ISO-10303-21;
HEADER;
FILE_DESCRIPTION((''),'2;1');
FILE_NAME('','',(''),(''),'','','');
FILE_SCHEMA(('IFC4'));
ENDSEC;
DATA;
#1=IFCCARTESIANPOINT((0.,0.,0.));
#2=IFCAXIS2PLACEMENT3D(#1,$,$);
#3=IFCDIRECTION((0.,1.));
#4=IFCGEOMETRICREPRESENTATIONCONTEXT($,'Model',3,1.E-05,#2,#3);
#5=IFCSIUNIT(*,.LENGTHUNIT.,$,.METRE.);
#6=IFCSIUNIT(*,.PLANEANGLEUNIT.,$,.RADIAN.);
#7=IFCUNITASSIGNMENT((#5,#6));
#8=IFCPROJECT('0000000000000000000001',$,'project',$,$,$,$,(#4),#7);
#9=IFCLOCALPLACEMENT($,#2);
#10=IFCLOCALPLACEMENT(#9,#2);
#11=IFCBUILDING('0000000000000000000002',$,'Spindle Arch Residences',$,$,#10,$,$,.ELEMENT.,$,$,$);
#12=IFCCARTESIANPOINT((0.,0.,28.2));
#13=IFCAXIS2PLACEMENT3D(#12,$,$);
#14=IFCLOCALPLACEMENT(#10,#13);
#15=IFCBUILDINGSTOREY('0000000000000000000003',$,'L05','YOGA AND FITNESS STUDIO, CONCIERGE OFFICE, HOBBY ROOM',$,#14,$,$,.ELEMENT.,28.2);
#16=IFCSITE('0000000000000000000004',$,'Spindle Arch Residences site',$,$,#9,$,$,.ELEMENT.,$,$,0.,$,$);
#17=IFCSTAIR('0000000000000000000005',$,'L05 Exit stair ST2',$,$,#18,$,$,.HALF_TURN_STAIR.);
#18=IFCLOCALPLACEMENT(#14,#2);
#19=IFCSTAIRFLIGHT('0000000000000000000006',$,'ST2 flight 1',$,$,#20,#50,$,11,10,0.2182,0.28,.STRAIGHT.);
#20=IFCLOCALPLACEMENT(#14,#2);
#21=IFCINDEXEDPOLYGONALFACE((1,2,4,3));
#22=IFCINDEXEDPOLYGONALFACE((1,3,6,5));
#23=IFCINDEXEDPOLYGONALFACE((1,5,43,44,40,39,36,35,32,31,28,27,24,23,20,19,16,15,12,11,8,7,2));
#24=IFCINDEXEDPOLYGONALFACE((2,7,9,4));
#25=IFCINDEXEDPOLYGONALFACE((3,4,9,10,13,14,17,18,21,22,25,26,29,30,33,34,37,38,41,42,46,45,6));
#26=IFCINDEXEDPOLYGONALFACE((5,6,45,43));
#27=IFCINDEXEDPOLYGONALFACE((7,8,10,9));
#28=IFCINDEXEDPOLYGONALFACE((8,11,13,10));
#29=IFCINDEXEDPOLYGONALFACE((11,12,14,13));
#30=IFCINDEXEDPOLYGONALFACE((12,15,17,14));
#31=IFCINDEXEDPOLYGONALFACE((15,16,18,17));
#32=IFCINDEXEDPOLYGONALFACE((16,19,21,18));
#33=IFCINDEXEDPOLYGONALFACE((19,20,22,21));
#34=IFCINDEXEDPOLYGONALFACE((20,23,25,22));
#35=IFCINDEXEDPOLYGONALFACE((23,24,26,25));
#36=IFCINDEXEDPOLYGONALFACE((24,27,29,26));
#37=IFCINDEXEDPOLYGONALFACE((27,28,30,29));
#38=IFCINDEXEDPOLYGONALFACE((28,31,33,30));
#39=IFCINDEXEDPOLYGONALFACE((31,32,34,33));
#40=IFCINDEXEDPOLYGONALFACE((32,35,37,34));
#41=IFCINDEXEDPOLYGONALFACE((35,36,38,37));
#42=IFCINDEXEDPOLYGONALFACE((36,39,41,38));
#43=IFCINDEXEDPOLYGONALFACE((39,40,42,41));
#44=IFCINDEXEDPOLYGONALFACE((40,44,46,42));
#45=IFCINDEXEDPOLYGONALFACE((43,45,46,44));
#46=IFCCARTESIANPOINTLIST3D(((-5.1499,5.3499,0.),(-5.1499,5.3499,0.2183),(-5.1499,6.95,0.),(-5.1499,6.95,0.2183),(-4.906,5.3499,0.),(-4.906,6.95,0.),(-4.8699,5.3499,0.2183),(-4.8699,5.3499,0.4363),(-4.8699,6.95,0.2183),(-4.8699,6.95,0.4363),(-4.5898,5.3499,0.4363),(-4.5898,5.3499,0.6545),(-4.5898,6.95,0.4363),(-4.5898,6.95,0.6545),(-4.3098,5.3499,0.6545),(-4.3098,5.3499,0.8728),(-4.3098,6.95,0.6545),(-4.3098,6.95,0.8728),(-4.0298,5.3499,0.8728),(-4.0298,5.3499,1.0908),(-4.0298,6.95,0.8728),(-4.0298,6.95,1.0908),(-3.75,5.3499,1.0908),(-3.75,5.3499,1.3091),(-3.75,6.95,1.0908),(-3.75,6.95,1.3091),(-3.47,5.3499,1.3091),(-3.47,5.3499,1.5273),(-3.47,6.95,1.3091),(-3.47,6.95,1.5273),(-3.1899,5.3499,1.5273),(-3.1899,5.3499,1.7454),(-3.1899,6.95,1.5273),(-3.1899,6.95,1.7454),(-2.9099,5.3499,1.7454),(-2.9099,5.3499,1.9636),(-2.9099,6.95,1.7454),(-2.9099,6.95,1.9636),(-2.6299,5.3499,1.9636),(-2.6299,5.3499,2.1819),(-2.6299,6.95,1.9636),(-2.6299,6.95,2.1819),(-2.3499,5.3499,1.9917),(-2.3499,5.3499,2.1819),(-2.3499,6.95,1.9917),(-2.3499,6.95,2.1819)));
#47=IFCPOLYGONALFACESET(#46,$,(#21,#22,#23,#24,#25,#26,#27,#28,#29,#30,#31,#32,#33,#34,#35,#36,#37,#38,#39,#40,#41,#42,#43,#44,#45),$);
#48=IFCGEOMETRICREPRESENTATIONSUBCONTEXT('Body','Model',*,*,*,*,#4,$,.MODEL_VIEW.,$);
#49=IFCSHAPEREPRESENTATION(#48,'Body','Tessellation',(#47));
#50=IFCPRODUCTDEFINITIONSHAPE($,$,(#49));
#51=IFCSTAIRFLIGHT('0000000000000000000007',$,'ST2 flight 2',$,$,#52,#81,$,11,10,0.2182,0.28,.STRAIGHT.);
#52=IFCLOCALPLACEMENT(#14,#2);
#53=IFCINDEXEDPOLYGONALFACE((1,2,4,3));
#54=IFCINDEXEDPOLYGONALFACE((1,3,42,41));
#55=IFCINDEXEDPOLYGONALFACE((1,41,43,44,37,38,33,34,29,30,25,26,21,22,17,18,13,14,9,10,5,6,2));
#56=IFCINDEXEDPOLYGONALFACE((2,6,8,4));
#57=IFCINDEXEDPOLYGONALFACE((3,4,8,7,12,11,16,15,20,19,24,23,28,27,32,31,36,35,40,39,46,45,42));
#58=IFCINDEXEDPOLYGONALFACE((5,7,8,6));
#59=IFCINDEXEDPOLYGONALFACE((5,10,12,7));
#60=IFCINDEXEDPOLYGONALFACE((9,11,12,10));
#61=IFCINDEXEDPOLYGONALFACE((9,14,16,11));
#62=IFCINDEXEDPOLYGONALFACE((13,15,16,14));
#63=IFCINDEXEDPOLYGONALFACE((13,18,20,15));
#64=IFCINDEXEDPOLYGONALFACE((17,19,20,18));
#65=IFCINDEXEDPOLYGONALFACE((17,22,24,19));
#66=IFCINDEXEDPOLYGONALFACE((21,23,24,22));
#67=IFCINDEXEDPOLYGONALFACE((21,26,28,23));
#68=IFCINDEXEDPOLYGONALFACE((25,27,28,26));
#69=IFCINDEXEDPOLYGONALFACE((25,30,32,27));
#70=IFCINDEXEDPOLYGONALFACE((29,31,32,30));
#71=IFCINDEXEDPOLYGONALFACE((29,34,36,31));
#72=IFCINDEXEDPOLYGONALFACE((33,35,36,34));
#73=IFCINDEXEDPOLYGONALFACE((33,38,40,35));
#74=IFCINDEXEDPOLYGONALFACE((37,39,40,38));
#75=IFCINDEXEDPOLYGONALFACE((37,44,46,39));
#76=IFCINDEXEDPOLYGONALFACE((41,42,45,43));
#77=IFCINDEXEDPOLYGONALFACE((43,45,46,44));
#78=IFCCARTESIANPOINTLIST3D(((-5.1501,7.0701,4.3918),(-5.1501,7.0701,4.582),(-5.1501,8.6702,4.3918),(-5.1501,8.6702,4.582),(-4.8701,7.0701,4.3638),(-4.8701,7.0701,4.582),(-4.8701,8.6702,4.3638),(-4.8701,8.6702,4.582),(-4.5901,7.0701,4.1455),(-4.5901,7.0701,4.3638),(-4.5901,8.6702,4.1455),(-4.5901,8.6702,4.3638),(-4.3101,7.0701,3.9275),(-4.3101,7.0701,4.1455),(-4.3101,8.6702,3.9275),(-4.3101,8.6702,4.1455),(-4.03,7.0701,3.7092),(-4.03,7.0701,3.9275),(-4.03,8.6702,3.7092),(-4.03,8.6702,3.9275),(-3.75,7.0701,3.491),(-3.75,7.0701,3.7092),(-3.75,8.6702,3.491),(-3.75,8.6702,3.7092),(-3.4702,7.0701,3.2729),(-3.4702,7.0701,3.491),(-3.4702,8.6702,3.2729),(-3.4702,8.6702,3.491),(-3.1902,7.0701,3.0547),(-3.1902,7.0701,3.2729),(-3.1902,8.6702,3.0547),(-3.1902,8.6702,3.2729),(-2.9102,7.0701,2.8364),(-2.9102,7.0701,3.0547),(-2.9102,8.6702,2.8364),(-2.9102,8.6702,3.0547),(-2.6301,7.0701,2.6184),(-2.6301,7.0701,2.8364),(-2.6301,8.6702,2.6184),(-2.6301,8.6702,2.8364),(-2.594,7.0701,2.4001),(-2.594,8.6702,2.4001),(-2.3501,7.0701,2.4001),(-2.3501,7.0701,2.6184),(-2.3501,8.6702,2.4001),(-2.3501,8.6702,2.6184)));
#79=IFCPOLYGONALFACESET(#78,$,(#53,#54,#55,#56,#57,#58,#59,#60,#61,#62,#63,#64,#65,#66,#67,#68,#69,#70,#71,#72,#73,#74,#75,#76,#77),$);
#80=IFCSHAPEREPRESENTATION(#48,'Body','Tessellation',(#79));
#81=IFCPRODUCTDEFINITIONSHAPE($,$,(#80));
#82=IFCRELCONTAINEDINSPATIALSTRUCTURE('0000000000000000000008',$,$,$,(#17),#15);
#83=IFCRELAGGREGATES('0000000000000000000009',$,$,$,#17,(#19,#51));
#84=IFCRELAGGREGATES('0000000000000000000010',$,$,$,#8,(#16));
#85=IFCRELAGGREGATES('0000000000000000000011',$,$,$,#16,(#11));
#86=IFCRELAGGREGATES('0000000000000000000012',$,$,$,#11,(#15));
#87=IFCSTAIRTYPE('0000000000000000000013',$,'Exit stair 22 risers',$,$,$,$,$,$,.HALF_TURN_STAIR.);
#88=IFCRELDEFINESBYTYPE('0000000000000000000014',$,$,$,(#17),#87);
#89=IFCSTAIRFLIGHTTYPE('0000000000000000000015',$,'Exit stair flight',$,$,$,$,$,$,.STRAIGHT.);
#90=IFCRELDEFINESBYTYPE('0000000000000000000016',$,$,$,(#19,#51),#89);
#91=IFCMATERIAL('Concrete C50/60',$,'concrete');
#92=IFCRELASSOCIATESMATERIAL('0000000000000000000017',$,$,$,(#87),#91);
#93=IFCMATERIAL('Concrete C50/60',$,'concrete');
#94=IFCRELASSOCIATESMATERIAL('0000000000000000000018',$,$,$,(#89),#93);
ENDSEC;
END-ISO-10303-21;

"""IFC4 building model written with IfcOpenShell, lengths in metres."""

from ifc_helpers import new_model, si_unit, direction, frame, origin, place, context, subcontext, project, spatial, polyline, outline, extrude, material, type_object, element, aggregate, save


model = new_model("IFC4")

# Units and contexts
model_context = context("Model", 3, precision=1e-05, world=origin(), true_north=direction((0.0, 1.0)))
body_context = subcontext(model_context, "Body", "Model", "MODEL_VIEW")
ifc_project = project(units=[si_unit("LENGTHUNIT", "METRE"), si_unit("PLANEANGLEUNIT", "RADIAN")], contexts=[model_context])

# Site, building, storey
site_placement = place(None, origin())
site = spatial("IfcSite", under=ifc_project, at=site_placement, Name="Spindle Arch Residences site", CompositionType="ELEMENT", RefElevation=0.0)
building_placement = place(site_placement, origin())
building = spatial("IfcBuilding", under=site, at=building_placement, Name="Spindle Arch Residences", CompositionType="ELEMENT")
storey_placement = place(building_placement, frame((0.0, 0.0, 28.2)))
storey = spatial("IfcBuildingStorey", under=building, at=storey_placement, Name="L05", Description="YOGA AND FITNESS STUDIO, CONCIERGE OFFICE, HOBBY ROOM", CompositionType="ELEMENT", Elevation=28.2)

# Stair, stair flights
ifc_material_1 = material(Name="Concrete C50/60", Category="concrete")
stair_type = type_object("IfcStairType", Name="Exit stair 22 risers", PredefinedType="HALF_TURN_STAIR", material=ifc_material_1)
stair_placement = place(storey_placement, origin())
stair = element("IfcStair", 1, at=stair_placement, inside=storey, type_object=stair_type, Name="L05 Exit stair ST2", PredefinedType="HALF_TURN_STAIR")
ifc_material_2 = material(Name="Concrete C50/60", Category="concrete")
stair_flight_type = type_object("IfcStairFlightType", Name="Exit stair flight", PredefinedType="STRAIGHT", material=ifc_material_2)
stair_flight_1_placement = place(storey_placement, frame((-5.1499, 6.1499, 0.0), z_axis=(0.0, 0.0, 1.0), x_axis=(1.0, 0.0, 0.0)))
stair_flight_1 = element("IfcStairFlight", 2, at=stair_flight_1_placement, type_object=stair_flight_type, Name="ST2 flight 1", NumberOfRisers=11, NumberOfTreads=10, PredefinedType="STRAIGHT", RiserHeight=0.2182, TreadLength=0.28, context=body_context, shape_type="SweptSolid", body=[
    extrude(outline(polyline([(0.0, 0.0), (0.0, 0.2183), (0.28, 0.2183), (0.28, 0.4363), (0.5601, 0.4363), (0.5601, 0.6545), (0.8401, 0.6545), (0.8401, 0.8728), (1.1201, 0.8728), (1.1201, 1.0908), (1.3999, 1.0908), (1.3999, 1.3091), (1.6799, 1.3091), (1.6799, 1.5273), (1.96, 1.5273), (1.96, 1.7454), (2.24, 1.7454), (2.24, 1.9636), (2.52, 1.9636), (2.52, 2.1819), (2.8, 2.1819), (2.8, 2.3999), (2.8, 1.9917), (0.2439, 0.0), (0.0, 0.0)])), frame((0.0, 0.8, 0.0), z_axis=(0.0, -1.0, 0.0), x_axis=(1.0, 0.0, 0.0)), (0.0, 0.0, 1.0), 1.6001),
])
stair_flight_2_placement = place(storey_placement, frame((-2.3501, 7.8701, 2.4001), z_axis=(0.0, 0.0, 1.0), x_axis=(-1.0, 0.0, 0.0)))
stair_flight_2 = element("IfcStairFlight", 3, at=stair_flight_2_placement, type_object=stair_flight_type, Name="ST2 flight 2", NumberOfRisers=11, NumberOfTreads=10, PredefinedType="STRAIGHT", RiserHeight=0.2182, TreadLength=0.28, context=body_context, shape_type="SweptSolid", body=[
    extrude(outline(polyline([(0.0, 0.0), (0.0, 0.2183), (0.28, 0.2183), (0.28, 0.4363), (0.5601, 0.4363), (0.5601, 0.6545), (0.8401, 0.6545), (0.8401, 0.8728), (1.1201, 0.8728), (1.1201, 1.0908), (1.3999, 1.0908), (1.3999, 1.3091), (1.6799, 1.3091), (1.6799, 1.5273), (1.96, 1.5273), (1.96, 1.7454), (2.24, 1.7454), (2.24, 1.9636), (2.52, 1.9636), (2.52, 2.1819), (2.8, 2.1819), (2.8, 2.3999), (2.8, 1.9917), (0.2439, 0.0), (0.0, 0.0)])), frame((0.0, 0.8, 0.0), z_axis=(0.0, -1.0, 0.0), x_axis=(1.0, 0.0, 0.0)), (0.0, 0.0, 1.0), 1.6001),
])
aggregate(stair, [stair_flight_1, stair_flight_2])

save(model, "model.ifc")
